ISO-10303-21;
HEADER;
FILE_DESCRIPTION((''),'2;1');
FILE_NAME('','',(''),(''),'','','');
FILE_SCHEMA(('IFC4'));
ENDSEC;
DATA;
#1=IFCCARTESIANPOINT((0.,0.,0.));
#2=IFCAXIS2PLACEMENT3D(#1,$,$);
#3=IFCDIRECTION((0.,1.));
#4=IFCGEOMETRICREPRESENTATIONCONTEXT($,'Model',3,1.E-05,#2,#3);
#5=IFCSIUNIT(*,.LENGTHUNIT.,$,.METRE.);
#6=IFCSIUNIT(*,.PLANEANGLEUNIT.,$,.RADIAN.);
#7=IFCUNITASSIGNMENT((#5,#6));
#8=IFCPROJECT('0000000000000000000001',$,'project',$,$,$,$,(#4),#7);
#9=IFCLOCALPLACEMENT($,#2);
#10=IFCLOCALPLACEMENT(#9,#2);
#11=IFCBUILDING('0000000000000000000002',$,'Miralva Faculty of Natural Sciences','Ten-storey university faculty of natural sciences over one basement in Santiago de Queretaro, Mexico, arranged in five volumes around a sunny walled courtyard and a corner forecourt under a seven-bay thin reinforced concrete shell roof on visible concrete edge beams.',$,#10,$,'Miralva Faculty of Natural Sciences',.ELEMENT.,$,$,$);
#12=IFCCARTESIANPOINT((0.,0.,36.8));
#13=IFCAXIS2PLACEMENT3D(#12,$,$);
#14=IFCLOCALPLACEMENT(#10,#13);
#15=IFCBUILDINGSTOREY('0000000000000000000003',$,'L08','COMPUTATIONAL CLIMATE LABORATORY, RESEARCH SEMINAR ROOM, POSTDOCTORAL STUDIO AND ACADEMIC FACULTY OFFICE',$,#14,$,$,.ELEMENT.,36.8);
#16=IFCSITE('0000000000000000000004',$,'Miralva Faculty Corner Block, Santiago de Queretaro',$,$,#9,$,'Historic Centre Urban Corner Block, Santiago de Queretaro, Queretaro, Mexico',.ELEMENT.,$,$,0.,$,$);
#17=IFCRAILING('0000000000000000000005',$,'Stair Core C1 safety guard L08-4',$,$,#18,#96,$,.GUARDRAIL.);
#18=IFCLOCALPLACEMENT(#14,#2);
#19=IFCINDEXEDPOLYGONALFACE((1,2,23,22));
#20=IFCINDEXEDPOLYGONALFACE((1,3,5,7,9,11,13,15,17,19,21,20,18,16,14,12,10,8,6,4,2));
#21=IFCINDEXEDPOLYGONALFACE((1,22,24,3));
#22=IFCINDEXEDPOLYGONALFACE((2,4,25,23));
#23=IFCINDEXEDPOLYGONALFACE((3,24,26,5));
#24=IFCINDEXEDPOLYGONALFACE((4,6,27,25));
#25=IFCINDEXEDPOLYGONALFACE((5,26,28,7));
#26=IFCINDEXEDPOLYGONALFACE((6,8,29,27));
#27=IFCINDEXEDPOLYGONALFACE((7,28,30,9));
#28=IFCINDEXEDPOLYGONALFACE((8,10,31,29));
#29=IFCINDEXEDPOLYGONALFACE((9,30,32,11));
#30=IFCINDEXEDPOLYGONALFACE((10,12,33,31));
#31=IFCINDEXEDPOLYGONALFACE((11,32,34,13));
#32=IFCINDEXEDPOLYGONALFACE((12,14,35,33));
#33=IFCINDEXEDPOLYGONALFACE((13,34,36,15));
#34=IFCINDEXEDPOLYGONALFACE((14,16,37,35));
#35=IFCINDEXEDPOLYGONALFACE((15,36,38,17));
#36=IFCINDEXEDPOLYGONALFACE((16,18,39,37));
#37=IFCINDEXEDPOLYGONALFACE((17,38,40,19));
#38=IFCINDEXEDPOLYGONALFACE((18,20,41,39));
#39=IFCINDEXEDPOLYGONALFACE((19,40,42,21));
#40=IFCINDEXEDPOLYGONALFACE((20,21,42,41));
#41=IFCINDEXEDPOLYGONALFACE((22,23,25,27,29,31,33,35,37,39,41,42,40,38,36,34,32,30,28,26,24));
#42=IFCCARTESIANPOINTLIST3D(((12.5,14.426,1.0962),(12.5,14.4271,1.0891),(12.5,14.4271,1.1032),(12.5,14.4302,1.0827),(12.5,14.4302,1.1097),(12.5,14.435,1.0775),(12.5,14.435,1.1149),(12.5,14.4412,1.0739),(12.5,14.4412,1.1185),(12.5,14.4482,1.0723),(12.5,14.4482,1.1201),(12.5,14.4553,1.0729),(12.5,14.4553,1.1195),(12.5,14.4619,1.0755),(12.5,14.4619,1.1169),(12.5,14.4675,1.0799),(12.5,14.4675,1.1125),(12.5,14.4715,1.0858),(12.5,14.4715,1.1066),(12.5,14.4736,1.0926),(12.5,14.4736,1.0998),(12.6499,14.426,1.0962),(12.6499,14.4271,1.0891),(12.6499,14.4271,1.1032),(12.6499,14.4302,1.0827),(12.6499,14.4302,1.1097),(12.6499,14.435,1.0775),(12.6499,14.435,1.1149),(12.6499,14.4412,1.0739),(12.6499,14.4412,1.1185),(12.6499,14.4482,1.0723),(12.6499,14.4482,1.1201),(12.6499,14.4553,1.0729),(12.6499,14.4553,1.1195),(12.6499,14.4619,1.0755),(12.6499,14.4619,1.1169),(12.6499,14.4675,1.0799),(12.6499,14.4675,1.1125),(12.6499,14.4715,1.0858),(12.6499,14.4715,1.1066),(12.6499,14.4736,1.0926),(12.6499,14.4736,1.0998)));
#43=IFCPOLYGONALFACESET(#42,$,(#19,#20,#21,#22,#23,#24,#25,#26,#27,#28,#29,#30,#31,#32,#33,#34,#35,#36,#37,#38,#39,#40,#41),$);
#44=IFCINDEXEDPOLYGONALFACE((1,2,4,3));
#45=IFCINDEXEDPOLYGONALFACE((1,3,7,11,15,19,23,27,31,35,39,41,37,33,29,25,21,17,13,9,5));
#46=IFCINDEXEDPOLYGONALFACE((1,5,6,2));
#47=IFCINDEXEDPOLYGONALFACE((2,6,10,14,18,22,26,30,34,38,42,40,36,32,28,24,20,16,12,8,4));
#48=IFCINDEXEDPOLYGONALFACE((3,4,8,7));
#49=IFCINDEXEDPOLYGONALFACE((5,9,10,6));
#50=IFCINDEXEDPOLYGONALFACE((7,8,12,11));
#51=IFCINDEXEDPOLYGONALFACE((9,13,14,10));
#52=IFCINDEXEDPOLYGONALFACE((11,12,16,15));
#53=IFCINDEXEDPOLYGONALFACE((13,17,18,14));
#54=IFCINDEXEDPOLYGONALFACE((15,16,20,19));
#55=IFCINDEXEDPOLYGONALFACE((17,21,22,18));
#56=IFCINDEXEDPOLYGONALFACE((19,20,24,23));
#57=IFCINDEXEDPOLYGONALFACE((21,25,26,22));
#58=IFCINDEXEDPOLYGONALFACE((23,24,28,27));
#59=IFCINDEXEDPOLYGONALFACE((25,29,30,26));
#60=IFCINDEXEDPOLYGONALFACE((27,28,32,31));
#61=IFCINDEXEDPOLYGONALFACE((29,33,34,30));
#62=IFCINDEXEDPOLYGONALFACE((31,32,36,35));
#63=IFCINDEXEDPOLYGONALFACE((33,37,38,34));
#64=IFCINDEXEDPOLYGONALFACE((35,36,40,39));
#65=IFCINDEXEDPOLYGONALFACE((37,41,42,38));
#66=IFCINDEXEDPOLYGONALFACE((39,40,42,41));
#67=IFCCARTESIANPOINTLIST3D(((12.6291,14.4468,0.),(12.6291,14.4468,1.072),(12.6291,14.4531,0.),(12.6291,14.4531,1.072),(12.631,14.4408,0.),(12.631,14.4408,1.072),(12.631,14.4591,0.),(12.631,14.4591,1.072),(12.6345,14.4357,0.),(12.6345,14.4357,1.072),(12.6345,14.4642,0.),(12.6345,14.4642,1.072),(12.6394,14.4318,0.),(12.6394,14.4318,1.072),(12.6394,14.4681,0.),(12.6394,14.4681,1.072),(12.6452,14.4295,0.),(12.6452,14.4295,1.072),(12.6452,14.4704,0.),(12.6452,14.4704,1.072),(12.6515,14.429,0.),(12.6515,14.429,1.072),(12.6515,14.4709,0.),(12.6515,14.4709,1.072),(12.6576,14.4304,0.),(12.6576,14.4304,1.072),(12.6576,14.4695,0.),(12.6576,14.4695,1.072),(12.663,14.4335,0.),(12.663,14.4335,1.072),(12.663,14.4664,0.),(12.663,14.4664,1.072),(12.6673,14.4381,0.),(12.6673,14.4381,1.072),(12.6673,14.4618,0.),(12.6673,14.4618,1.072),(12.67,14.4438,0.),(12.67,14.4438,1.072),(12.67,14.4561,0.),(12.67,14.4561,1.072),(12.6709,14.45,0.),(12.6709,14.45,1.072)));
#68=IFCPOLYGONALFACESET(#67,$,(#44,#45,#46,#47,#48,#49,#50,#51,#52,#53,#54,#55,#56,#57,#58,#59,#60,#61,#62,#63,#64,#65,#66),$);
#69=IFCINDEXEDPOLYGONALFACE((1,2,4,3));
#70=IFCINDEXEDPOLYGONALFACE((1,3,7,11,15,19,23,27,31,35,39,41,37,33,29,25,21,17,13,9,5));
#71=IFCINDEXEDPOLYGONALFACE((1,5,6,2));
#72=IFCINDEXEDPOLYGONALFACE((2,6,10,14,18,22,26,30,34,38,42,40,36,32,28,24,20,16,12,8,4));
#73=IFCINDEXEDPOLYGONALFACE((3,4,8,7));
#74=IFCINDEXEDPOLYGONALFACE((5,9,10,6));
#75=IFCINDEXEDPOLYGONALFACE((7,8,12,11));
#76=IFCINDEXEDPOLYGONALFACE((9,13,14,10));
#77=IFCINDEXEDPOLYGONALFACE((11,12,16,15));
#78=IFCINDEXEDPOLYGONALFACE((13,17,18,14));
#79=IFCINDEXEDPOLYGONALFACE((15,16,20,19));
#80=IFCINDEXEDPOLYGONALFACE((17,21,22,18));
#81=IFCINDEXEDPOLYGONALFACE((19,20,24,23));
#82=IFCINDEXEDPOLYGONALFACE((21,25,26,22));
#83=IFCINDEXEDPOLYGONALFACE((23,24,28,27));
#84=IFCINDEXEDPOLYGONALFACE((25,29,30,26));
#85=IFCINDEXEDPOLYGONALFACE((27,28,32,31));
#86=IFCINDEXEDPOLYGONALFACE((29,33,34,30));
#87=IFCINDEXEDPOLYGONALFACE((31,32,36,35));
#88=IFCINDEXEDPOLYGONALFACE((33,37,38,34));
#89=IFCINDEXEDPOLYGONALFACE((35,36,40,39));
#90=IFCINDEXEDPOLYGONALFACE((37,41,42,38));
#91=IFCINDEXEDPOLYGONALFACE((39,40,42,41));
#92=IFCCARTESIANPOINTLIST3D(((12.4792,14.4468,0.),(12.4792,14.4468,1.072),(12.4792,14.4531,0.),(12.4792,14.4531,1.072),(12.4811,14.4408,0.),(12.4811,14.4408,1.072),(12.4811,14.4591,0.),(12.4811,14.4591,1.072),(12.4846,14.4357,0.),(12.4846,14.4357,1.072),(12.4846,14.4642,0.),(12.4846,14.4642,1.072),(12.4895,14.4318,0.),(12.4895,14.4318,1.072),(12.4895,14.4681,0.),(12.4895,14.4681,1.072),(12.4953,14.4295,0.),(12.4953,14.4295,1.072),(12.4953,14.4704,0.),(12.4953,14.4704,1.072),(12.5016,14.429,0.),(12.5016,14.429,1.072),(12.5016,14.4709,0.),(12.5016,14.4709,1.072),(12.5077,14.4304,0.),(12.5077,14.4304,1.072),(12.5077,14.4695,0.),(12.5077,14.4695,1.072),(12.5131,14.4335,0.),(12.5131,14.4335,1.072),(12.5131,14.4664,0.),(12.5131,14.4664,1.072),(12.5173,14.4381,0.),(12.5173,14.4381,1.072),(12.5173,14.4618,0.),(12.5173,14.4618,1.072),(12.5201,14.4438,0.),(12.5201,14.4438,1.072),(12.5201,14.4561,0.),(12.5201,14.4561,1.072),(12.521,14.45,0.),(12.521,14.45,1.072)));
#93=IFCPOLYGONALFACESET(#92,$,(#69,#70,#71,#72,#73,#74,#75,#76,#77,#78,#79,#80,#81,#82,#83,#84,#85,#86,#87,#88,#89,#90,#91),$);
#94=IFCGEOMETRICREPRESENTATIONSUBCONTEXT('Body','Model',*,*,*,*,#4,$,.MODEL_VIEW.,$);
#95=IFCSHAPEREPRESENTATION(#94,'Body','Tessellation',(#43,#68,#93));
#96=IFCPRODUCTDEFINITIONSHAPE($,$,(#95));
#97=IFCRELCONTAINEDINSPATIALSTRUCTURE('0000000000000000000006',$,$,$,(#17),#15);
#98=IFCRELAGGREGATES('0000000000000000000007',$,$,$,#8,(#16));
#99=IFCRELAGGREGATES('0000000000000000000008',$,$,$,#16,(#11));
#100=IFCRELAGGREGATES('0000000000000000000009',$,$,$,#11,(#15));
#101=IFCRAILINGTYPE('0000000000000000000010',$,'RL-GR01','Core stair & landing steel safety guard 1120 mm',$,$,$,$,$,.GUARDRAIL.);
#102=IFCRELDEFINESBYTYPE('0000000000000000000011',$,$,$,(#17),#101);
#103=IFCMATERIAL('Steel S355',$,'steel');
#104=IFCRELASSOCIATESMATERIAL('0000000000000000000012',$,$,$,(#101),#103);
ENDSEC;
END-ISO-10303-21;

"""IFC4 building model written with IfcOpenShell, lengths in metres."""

from ifc_helpers import new_model, si_unit, direction, frame, origin, origin_2d, place, context, subcontext, project, spatial, circle, extrude, material, type_object, element, save


model = new_model("IFC4")

# Units and contexts
model_context = context("Model", 3, precision=1e-05, world=origin(), true_north=direction((0.0, 1.0)))
body_context = subcontext(model_context, "Body", "Model", "MODEL_VIEW")
ifc_project = project(units=[si_unit("LENGTHUNIT", "METRE"), si_unit("PLANEANGLEUNIT", "RADIAN")], contexts=[model_context])

# Site, building, storey
site_placement = place(None, origin())
site = spatial("IfcSite", under=ifc_project, at=site_placement, Name="Miralva Faculty Corner Block, Santiago de Queretaro", LongName="Historic Centre Urban Corner Block, Santiago de Queretaro, Queretaro, Mexico", CompositionType="ELEMENT", RefElevation=0.0)
building_placement = place(site_placement, origin())
building = spatial("IfcBuilding", under=site, at=building_placement, Name="Miralva Faculty of Natural Sciences", Description="Ten-storey university faculty of natural sciences over one basement in Santiago de Queretaro, Mexico, arranged in five volumes around a sunny walled courtyard and a corner forecourt under a seven-bay thin reinforced concrete shell roof on visible concrete edge beams.", LongName="Miralva Faculty of Natural Sciences", CompositionType="ELEMENT")
storey_placement = place(building_placement, frame((0.0, 0.0, 36.8)))
storey = spatial("IfcBuildingStorey", under=building, at=storey_placement, Name="L08", Description="COMPUTATIONAL CLIMATE LABORATORY, RESEARCH SEMINAR ROOM, POSTDOCTORAL STUDIO AND ACADEMIC FACULTY OFFICE", CompositionType="ELEMENT", Elevation=36.8)

# Railing
ifc_material_1 = material(Name="Steel S355", Category="steel")
railing_type_1 = type_object("IfcRailingType", Name="RL-GR01", Description="Core stair & landing steel safety guard 1120 mm", PredefinedType="GUARDRAIL", material=ifc_material_1)
railing_1_placement = place(storey_placement, frame((12.6499, 14.45, 0.0)))
element("IfcRailing", 1, at=railing_1_placement, inside=storey, type_object=railing_type_1, Name="Stair Core C1 safety guard L08-4", PredefinedType="GUARDRAIL", context=body_context, shape_type="SweptSolid", body=[
    extrude(circle(Radius=0.0239, at=origin_2d()), frame((0.0, 0.0, 1.0962), z_axis=(-1.0, 0.0, 0.0), x_axis=(0.0, -1.0, 0.0)), (0.0, 0.0, 1.0), 0.1499),
    extrude(circle(Radius=0.021, at=origin_2d()), origin(), (0.0, 0.0, 1.0), 1.072),
    extrude(circle(Radius=0.021, at=origin_2d()), frame((-0.1499, 0.0, 0.0)), (0.0, 0.0, 1.0), 1.072),
])

save(model, "model.ifc")
